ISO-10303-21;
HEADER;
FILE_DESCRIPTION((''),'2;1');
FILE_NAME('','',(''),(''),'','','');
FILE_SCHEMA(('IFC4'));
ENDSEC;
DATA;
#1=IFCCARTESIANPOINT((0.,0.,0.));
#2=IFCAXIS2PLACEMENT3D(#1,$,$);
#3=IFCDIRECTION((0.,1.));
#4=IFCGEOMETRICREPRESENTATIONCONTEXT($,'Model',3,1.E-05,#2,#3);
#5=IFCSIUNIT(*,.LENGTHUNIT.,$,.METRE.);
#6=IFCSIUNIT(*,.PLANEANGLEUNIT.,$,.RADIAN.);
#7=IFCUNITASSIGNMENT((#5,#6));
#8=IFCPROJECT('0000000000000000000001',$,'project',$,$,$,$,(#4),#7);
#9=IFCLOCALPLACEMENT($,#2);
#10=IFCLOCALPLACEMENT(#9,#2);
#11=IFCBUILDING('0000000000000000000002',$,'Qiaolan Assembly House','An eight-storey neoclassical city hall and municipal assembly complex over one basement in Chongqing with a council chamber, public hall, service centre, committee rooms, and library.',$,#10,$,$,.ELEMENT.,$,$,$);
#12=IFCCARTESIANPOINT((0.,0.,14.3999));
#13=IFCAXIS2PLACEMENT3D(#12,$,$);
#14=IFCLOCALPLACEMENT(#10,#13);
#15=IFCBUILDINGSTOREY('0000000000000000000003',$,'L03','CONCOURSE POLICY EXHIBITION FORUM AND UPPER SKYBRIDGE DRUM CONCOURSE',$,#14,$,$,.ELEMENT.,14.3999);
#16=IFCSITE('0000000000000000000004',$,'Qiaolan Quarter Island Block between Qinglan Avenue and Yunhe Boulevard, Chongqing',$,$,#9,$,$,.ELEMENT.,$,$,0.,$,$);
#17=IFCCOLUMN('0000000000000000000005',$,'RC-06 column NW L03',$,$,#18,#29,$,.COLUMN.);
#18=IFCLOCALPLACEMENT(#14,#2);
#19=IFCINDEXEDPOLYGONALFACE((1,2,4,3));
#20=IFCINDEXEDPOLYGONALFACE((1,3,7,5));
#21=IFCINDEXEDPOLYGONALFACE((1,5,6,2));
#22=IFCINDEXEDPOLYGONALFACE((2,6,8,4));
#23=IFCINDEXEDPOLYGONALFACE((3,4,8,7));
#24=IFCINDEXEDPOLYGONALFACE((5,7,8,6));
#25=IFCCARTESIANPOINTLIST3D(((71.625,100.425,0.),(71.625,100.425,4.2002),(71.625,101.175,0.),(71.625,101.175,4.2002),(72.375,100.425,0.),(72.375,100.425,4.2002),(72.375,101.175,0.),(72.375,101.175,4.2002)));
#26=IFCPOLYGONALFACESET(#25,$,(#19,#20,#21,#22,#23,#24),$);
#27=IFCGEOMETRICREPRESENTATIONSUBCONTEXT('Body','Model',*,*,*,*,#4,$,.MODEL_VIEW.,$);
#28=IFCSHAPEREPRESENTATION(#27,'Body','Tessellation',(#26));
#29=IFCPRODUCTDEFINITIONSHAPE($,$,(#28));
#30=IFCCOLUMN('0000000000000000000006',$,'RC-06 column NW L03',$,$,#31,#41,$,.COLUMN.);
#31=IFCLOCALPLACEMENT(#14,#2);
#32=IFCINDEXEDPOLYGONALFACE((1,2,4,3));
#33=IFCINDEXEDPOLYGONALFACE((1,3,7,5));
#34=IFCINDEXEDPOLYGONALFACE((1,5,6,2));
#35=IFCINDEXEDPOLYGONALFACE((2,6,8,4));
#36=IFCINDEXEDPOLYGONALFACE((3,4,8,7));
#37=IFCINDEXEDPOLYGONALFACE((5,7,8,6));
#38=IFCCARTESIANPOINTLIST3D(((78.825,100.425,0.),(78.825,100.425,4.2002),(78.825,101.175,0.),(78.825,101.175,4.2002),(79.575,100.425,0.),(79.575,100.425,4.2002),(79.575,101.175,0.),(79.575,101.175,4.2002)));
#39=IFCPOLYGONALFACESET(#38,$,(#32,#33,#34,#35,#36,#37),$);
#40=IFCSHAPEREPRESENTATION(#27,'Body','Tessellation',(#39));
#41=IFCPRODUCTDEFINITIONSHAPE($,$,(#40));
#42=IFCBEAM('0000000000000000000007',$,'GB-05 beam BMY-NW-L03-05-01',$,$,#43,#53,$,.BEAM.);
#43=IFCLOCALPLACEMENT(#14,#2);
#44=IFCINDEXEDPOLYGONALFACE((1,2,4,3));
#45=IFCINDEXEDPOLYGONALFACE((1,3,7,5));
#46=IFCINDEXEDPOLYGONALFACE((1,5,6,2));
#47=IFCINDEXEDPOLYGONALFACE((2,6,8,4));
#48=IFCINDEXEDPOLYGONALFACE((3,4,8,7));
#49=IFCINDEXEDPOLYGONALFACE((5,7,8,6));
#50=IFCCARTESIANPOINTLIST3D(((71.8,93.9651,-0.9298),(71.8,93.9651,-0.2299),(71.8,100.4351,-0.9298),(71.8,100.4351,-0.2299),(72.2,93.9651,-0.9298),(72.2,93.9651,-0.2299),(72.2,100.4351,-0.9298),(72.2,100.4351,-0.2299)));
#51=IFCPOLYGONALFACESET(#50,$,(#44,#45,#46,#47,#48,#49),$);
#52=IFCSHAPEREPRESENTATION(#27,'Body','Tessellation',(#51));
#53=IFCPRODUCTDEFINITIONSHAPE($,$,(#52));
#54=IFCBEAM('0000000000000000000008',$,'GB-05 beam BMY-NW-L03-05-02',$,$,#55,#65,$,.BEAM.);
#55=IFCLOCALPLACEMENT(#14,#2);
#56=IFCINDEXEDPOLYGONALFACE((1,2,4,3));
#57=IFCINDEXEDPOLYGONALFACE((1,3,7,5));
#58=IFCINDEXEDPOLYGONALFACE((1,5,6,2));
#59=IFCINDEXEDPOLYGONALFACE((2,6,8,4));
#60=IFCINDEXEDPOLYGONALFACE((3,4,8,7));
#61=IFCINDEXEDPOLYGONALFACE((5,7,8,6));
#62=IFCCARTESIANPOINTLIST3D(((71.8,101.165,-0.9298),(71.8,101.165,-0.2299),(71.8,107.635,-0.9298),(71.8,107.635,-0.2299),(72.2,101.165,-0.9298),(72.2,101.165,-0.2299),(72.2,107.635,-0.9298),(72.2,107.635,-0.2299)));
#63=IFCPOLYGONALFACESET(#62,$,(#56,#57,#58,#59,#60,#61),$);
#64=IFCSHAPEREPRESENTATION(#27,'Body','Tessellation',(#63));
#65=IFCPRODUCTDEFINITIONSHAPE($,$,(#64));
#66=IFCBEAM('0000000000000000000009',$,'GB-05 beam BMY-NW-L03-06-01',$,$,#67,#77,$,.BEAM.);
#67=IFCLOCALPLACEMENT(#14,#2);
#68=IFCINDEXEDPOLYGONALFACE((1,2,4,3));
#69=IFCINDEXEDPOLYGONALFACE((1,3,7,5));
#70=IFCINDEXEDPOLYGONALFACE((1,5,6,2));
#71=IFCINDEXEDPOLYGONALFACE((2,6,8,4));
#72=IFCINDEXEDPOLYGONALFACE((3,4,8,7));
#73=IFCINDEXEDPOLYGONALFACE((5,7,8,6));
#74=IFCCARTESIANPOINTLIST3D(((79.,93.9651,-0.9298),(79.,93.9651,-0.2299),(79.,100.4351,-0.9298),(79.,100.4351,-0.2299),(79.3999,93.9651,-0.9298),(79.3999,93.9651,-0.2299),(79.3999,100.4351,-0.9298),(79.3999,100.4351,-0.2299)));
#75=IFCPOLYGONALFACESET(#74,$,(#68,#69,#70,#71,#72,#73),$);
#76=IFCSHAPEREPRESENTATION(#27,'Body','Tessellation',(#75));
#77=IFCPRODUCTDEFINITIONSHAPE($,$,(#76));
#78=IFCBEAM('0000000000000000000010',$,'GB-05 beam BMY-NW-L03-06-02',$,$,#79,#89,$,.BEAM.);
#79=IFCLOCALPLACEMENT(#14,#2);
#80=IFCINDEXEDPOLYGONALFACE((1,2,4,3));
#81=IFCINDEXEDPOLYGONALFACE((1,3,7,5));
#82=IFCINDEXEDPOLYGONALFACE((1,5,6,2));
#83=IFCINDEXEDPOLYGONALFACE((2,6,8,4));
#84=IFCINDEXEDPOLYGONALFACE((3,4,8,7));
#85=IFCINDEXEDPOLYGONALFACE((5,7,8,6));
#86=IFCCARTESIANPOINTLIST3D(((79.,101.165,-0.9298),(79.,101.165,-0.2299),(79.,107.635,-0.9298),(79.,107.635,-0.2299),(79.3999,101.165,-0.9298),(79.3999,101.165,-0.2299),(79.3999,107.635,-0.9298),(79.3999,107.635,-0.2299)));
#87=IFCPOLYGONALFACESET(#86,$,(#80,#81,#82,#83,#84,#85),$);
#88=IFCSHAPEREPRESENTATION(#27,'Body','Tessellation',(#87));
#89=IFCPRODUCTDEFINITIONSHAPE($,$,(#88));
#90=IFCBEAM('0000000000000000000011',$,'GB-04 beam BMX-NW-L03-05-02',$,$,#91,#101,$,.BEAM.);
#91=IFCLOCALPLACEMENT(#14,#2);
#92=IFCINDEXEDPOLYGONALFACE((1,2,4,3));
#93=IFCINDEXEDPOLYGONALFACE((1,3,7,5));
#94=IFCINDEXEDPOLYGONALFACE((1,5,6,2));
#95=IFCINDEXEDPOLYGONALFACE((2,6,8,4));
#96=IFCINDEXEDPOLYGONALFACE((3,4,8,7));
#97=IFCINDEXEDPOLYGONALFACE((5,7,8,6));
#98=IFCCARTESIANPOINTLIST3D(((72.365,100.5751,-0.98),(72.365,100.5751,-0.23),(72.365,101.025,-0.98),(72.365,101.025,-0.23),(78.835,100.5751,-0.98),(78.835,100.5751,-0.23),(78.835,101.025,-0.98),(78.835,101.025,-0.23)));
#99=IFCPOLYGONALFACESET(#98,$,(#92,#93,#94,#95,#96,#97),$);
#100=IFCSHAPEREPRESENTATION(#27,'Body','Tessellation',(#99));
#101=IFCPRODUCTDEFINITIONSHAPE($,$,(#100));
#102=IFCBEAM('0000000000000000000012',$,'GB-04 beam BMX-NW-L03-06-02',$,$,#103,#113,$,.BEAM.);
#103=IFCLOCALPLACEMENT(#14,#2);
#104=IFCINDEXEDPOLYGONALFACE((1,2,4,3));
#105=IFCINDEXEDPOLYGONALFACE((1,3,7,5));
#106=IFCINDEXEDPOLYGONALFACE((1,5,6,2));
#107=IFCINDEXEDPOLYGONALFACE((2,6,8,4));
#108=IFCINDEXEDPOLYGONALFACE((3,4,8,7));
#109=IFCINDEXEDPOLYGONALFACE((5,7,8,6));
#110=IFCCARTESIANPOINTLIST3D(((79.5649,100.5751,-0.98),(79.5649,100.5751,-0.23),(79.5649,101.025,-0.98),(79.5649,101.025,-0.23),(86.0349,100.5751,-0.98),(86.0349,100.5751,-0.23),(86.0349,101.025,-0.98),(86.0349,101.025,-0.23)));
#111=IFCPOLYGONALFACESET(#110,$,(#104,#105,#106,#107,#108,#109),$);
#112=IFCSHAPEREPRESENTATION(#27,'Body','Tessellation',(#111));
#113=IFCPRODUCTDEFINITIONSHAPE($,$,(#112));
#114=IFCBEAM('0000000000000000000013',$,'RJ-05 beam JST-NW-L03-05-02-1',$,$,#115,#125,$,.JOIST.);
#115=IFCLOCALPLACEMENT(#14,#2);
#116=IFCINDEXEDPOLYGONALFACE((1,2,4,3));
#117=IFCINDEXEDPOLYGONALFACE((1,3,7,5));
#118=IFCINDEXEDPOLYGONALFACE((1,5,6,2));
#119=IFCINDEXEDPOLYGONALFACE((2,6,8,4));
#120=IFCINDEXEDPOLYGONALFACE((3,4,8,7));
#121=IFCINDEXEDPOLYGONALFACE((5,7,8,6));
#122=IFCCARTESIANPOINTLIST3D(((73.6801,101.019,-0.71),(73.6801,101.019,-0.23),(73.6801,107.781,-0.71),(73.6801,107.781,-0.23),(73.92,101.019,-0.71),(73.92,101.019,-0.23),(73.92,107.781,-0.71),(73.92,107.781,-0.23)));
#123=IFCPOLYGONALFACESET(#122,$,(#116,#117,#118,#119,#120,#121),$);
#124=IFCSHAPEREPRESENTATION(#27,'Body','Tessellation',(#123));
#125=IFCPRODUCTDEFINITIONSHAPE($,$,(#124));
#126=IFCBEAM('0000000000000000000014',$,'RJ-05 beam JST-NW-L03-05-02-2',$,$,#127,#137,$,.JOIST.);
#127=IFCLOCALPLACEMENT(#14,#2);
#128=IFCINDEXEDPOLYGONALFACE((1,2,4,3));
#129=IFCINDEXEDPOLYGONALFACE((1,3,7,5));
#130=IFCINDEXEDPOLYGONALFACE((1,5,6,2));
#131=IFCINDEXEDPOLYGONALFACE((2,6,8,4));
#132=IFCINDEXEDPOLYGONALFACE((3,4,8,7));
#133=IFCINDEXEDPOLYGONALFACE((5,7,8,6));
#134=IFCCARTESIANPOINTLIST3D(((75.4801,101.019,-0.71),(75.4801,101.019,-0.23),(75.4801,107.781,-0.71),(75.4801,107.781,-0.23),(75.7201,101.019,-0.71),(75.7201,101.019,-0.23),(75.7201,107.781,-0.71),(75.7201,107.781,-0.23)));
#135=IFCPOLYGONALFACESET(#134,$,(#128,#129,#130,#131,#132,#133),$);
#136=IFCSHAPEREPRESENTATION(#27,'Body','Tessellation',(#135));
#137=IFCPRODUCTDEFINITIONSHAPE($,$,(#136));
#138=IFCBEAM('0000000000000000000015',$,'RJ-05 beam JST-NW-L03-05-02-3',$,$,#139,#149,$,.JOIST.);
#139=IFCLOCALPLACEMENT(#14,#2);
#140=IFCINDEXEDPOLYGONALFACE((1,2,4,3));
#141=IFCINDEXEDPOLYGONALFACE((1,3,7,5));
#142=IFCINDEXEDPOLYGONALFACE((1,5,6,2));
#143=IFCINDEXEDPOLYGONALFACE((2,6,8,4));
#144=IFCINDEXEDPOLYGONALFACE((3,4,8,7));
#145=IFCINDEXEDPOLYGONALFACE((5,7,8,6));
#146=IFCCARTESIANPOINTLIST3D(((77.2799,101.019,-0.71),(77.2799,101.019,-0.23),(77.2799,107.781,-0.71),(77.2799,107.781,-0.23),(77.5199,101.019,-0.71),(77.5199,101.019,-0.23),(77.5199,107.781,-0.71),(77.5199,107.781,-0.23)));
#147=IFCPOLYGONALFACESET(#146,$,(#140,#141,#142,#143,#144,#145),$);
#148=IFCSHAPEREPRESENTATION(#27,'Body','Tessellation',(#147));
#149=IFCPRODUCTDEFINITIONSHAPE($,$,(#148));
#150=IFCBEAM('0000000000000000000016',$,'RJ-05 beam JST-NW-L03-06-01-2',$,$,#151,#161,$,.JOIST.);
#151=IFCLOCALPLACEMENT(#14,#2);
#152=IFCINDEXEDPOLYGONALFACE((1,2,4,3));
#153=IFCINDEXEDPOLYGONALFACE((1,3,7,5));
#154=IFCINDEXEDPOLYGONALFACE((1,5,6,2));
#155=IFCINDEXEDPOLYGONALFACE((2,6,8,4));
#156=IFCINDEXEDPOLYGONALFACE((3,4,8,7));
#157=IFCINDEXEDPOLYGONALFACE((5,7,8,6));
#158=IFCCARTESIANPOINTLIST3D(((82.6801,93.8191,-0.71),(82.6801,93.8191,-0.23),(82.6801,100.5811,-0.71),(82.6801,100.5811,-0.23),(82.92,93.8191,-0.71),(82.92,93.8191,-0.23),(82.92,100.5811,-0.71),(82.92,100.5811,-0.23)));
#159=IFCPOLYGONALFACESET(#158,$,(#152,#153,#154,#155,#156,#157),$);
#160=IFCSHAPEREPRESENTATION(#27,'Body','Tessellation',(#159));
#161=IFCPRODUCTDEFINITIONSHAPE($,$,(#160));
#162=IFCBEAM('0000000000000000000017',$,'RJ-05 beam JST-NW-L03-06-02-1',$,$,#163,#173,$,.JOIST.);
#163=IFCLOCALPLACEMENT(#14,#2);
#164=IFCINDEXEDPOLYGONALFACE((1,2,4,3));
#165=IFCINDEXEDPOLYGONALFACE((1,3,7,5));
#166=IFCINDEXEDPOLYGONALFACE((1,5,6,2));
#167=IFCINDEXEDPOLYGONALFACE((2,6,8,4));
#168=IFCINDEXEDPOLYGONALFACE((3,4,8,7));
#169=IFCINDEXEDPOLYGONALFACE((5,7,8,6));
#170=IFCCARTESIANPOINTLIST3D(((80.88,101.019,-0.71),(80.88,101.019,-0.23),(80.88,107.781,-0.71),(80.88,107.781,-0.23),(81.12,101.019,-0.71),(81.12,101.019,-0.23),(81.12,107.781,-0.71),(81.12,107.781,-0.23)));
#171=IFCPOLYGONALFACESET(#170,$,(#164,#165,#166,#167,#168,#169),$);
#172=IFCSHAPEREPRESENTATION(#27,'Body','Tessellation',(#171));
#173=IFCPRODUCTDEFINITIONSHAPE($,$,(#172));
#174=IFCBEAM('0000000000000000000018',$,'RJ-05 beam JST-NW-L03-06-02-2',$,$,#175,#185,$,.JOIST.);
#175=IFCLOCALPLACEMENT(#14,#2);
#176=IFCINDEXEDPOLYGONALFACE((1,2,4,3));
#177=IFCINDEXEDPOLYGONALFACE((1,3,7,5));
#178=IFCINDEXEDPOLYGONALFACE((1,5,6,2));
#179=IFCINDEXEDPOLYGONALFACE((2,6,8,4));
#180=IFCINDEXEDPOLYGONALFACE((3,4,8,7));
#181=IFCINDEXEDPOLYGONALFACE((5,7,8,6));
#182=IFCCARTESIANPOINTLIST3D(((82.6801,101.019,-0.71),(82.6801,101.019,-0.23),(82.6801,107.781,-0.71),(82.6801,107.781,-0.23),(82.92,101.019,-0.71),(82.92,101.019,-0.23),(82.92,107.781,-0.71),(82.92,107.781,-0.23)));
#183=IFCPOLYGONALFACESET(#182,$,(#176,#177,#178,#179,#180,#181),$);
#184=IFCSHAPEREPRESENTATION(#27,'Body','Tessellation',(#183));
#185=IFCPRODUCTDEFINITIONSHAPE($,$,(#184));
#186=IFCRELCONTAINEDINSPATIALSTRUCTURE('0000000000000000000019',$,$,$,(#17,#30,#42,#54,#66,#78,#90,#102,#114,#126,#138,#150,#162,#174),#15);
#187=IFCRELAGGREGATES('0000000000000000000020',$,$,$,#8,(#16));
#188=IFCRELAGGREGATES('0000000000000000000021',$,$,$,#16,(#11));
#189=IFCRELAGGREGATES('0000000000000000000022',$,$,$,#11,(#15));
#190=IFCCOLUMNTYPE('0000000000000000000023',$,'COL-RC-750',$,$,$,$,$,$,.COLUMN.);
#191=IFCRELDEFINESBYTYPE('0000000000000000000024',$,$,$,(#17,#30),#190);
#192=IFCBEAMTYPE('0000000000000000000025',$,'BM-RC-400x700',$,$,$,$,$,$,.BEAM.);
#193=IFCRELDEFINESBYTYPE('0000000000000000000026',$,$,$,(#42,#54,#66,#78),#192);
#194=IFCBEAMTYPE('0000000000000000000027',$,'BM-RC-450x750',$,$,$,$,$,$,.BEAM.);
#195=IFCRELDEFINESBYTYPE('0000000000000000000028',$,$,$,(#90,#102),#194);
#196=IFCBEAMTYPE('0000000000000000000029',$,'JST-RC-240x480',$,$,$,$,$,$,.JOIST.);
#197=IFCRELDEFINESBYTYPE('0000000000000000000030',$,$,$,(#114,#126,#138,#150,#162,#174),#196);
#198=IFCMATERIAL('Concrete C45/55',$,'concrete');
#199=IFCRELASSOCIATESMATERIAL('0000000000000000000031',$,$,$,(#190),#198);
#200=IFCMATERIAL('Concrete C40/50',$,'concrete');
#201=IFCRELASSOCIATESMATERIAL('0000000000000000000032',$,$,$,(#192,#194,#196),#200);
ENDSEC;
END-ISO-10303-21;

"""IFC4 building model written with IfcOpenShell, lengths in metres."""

from ifc_helpers import new_model, si_unit, direction, frame, origin, origin_2d, place, context, subcontext, project, spatial, rectangle, extrude, material, material_profile, profile_set, type_object, element, save


model = new_model("IFC4")

# Units and contexts
model_context = context("Model", 3, precision=1e-05, world=origin(), true_north=direction((0.0, 1.0)))
body_context = subcontext(model_context, "Body", "Model", "MODEL_VIEW")
ifc_project = project(units=[si_unit("LENGTHUNIT", "METRE"), si_unit("PLANEANGLEUNIT", "RADIAN")], contexts=[model_context])

# Site, building, storey
site_placement = place(None, origin())
site = spatial("IfcSite", under=ifc_project, at=site_placement, Name="Qiaolan Quarter Island Block between Qinglan Avenue and Yunhe Boulevard, Chongqing", CompositionType="ELEMENT", RefElevation=0.0)
building_placement = place(site_placement, origin())
building = spatial("IfcBuilding", under=site, at=building_placement, Name="Qiaolan Assembly House", Description="An eight-storey neoclassical city hall and municipal assembly complex over one basement in Chongqing with a council chamber, public hall, service centre, committee rooms, and library.", CompositionType="ELEMENT")
storey_placement = place(building_placement, frame((0.0, 0.0, 14.3999)))
storey = spatial("IfcBuildingStorey", under=building, at=storey_placement, Name="L03", Description="CONCOURSE POLICY EXHIBITION FORUM AND UPPER SKYBRIDGE DRUM CONCOURSE", CompositionType="ELEMENT", Elevation=14.3999)

# Columns
ifc_material_1 = material(Name="Concrete C45/55", Category="concrete")
ifc_material_profile_1 = material_profile(ifc_material_1, rectangle(XDim=0.75, YDim=0.75, at=origin_2d()), Name="RC 750x750")
ifc_profile_set_1 = profile_set([ifc_material_profile_1], Name="Concrete C45/55")
column_type = type_object("IfcColumnType", Name="COL-RC-750", PredefinedType="COLUMN", material=ifc_profile_set_1)
for number, where, z_axis, x_axis, name in (
    (1, (72.0, 100.8, 0.0), (0.0, 0.0, 1.0), (1.0, 0.0, 0.0), "RC-06 column NW L03"),
    (2, (79.2, 100.8, 0.0), (0.0, 0.0, 1.0), (1.0, 0.0, 0.0), "RC-06 column NW L03"),
):
    element("IfcColumn", number, at=place(storey_placement, frame(where, z_axis=z_axis, x_axis=x_axis)), inside=storey, type_object=column_type, Name=name, PredefinedType="COLUMN", context=body_context, shape_type="SweptSolid", body=[
        extrude(rectangle(XDim=0.75, YDim=0.75, at=origin_2d()), origin(), (0.0, 0.0, 1.0), 4.2002),
    ])

# Beams
ifc_material_2 = material(Name="Concrete C40/50", Category="concrete")
ifc_material_profile_2 = material_profile(ifc_material_2, rectangle(XDim=0.3999, YDim=0.7, at=origin_2d()), Name="RCB 400x700")
ifc_profile_set_2 = profile_set([ifc_material_profile_2], Name="Concrete C40/50")
beam_type_1 = type_object("IfcBeamType", Name="BM-RC-400x700", PredefinedType="BEAM", material=ifc_profile_set_2)
for number, where, z_axis, x_axis, name in (
    (3, (72.0, 93.9651, -0.5798), (0.0, 1.0, 0.0), (-1.0, 0.0, 0.0), "GB-05 beam BMY-NW-L03-05-01"),
    (4, (72.0, 101.165, -0.5798), (0.0, 1.0, 0.0), (-1.0, 0.0, 0.0), "GB-05 beam BMY-NW-L03-05-02"),
    (5, (79.2, 93.9651, -0.5798), (0.0, 1.0, 0.0), (-1.0, 0.0, 0.0), "GB-05 beam BMY-NW-L03-06-01"),
    (6, (79.2, 101.165, -0.5798), (0.0, 1.0, 0.0), (-1.0, 0.0, 0.0), "GB-05 beam BMY-NW-L03-06-02"),
):
    element("IfcBeam", number, at=place(storey_placement, frame(where, z_axis=z_axis, x_axis=x_axis)), inside=storey, type_object=beam_type_1, Name=name, PredefinedType="BEAM", context=body_context, shape_type="SweptSolid", body=[
        extrude(rectangle(XDim=0.3999, YDim=0.7, at=origin_2d()), origin(), (0.0, 0.0, 1.0), 6.47),
    ])
ifc_material_profile_3 = material_profile(ifc_material_2, rectangle(XDim=0.45, YDim=0.75, at=origin_2d()), Name="RCB 450x750")
ifc_profile_set_3 = profile_set([ifc_material_profile_3], Name="Concrete C40/50")
beam_type_2 = type_object("IfcBeamType", Name="BM-RC-450x750", PredefinedType="BEAM", material=ifc_profile_set_3)
for number, where, z_axis, x_axis, name in (
    (7, (72.365, 100.8, -0.605), (1.0, 0.0, 0.0), (0.0, 1.0, 0.0), "GB-04 beam BMX-NW-L03-05-02"),
    (8, (79.5649, 100.8, -0.605), (1.0, 0.0, 0.0), (0.0, 1.0, 0.0), "GB-04 beam BMX-NW-L03-06-02"),
):
    element("IfcBeam", number, at=place(storey_placement, frame(where, z_axis=z_axis, x_axis=x_axis)), inside=storey, type_object=beam_type_2, Name=name, PredefinedType="BEAM", context=body_context, shape_type="SweptSolid", body=[
        extrude(rectangle(XDim=0.45, YDim=0.75, at=origin_2d()), origin(), (0.0, 0.0, 1.0), 6.47),
    ])
ifc_material_profile_4 = material_profile(ifc_material_2, rectangle(XDim=0.24, YDim=0.48, at=origin_2d()), Name="RCB 240x480")
ifc_profile_set_4 = profile_set([ifc_material_profile_4], Name="Concrete C40/50")
beam_type_3 = type_object("IfcBeamType", Name="JST-RC-240x480", PredefinedType="JOIST", material=ifc_profile_set_4)
for number, where, z_axis, x_axis, name in (
    (9, (73.8, 101.019, -0.47), (0.0, 1.0, 0.0), (-1.0, 0.0, 0.0), "RJ-05 beam JST-NW-L03-05-02-1"),
    (10, (75.6001, 101.019, -0.47), (0.0, 1.0, 0.0), (-1.0, 0.0, 0.0), "RJ-05 beam JST-NW-L03-05-02-2"),
    (11, (77.3999, 101.019, -0.47), (0.0, 1.0, 0.0), (-1.0, 0.0, 0.0), "RJ-05 beam JST-NW-L03-05-02-3"),
    (12, (82.8, 93.8191, -0.47), (0.0, 1.0, 0.0), (-1.0, 0.0, 0.0), "RJ-05 beam JST-NW-L03-06-01-2"),
    (13, (81.0, 101.019, -0.47), (0.0, 1.0, 0.0), (-1.0, 0.0, 0.0), "RJ-05 beam JST-NW-L03-06-02-1"),
    (14, (82.8, 101.019, -0.47), (0.0, 1.0, 0.0), (-1.0, 0.0, 0.0), "RJ-05 beam JST-NW-L03-06-02-2"),
):
    element("IfcBeam", number, at=place(storey_placement, frame(where, z_axis=z_axis, x_axis=x_axis)), inside=storey, type_object=beam_type_3, Name=name, PredefinedType="JOIST", context=body_context, shape_type="SweptSolid", body=[
        extrude(rectangle(XDim=0.24, YDim=0.48, at=origin_2d()), origin(), (0.0, 0.0, 1.0), 6.762),
    ])

save(model, "model.ifc")
